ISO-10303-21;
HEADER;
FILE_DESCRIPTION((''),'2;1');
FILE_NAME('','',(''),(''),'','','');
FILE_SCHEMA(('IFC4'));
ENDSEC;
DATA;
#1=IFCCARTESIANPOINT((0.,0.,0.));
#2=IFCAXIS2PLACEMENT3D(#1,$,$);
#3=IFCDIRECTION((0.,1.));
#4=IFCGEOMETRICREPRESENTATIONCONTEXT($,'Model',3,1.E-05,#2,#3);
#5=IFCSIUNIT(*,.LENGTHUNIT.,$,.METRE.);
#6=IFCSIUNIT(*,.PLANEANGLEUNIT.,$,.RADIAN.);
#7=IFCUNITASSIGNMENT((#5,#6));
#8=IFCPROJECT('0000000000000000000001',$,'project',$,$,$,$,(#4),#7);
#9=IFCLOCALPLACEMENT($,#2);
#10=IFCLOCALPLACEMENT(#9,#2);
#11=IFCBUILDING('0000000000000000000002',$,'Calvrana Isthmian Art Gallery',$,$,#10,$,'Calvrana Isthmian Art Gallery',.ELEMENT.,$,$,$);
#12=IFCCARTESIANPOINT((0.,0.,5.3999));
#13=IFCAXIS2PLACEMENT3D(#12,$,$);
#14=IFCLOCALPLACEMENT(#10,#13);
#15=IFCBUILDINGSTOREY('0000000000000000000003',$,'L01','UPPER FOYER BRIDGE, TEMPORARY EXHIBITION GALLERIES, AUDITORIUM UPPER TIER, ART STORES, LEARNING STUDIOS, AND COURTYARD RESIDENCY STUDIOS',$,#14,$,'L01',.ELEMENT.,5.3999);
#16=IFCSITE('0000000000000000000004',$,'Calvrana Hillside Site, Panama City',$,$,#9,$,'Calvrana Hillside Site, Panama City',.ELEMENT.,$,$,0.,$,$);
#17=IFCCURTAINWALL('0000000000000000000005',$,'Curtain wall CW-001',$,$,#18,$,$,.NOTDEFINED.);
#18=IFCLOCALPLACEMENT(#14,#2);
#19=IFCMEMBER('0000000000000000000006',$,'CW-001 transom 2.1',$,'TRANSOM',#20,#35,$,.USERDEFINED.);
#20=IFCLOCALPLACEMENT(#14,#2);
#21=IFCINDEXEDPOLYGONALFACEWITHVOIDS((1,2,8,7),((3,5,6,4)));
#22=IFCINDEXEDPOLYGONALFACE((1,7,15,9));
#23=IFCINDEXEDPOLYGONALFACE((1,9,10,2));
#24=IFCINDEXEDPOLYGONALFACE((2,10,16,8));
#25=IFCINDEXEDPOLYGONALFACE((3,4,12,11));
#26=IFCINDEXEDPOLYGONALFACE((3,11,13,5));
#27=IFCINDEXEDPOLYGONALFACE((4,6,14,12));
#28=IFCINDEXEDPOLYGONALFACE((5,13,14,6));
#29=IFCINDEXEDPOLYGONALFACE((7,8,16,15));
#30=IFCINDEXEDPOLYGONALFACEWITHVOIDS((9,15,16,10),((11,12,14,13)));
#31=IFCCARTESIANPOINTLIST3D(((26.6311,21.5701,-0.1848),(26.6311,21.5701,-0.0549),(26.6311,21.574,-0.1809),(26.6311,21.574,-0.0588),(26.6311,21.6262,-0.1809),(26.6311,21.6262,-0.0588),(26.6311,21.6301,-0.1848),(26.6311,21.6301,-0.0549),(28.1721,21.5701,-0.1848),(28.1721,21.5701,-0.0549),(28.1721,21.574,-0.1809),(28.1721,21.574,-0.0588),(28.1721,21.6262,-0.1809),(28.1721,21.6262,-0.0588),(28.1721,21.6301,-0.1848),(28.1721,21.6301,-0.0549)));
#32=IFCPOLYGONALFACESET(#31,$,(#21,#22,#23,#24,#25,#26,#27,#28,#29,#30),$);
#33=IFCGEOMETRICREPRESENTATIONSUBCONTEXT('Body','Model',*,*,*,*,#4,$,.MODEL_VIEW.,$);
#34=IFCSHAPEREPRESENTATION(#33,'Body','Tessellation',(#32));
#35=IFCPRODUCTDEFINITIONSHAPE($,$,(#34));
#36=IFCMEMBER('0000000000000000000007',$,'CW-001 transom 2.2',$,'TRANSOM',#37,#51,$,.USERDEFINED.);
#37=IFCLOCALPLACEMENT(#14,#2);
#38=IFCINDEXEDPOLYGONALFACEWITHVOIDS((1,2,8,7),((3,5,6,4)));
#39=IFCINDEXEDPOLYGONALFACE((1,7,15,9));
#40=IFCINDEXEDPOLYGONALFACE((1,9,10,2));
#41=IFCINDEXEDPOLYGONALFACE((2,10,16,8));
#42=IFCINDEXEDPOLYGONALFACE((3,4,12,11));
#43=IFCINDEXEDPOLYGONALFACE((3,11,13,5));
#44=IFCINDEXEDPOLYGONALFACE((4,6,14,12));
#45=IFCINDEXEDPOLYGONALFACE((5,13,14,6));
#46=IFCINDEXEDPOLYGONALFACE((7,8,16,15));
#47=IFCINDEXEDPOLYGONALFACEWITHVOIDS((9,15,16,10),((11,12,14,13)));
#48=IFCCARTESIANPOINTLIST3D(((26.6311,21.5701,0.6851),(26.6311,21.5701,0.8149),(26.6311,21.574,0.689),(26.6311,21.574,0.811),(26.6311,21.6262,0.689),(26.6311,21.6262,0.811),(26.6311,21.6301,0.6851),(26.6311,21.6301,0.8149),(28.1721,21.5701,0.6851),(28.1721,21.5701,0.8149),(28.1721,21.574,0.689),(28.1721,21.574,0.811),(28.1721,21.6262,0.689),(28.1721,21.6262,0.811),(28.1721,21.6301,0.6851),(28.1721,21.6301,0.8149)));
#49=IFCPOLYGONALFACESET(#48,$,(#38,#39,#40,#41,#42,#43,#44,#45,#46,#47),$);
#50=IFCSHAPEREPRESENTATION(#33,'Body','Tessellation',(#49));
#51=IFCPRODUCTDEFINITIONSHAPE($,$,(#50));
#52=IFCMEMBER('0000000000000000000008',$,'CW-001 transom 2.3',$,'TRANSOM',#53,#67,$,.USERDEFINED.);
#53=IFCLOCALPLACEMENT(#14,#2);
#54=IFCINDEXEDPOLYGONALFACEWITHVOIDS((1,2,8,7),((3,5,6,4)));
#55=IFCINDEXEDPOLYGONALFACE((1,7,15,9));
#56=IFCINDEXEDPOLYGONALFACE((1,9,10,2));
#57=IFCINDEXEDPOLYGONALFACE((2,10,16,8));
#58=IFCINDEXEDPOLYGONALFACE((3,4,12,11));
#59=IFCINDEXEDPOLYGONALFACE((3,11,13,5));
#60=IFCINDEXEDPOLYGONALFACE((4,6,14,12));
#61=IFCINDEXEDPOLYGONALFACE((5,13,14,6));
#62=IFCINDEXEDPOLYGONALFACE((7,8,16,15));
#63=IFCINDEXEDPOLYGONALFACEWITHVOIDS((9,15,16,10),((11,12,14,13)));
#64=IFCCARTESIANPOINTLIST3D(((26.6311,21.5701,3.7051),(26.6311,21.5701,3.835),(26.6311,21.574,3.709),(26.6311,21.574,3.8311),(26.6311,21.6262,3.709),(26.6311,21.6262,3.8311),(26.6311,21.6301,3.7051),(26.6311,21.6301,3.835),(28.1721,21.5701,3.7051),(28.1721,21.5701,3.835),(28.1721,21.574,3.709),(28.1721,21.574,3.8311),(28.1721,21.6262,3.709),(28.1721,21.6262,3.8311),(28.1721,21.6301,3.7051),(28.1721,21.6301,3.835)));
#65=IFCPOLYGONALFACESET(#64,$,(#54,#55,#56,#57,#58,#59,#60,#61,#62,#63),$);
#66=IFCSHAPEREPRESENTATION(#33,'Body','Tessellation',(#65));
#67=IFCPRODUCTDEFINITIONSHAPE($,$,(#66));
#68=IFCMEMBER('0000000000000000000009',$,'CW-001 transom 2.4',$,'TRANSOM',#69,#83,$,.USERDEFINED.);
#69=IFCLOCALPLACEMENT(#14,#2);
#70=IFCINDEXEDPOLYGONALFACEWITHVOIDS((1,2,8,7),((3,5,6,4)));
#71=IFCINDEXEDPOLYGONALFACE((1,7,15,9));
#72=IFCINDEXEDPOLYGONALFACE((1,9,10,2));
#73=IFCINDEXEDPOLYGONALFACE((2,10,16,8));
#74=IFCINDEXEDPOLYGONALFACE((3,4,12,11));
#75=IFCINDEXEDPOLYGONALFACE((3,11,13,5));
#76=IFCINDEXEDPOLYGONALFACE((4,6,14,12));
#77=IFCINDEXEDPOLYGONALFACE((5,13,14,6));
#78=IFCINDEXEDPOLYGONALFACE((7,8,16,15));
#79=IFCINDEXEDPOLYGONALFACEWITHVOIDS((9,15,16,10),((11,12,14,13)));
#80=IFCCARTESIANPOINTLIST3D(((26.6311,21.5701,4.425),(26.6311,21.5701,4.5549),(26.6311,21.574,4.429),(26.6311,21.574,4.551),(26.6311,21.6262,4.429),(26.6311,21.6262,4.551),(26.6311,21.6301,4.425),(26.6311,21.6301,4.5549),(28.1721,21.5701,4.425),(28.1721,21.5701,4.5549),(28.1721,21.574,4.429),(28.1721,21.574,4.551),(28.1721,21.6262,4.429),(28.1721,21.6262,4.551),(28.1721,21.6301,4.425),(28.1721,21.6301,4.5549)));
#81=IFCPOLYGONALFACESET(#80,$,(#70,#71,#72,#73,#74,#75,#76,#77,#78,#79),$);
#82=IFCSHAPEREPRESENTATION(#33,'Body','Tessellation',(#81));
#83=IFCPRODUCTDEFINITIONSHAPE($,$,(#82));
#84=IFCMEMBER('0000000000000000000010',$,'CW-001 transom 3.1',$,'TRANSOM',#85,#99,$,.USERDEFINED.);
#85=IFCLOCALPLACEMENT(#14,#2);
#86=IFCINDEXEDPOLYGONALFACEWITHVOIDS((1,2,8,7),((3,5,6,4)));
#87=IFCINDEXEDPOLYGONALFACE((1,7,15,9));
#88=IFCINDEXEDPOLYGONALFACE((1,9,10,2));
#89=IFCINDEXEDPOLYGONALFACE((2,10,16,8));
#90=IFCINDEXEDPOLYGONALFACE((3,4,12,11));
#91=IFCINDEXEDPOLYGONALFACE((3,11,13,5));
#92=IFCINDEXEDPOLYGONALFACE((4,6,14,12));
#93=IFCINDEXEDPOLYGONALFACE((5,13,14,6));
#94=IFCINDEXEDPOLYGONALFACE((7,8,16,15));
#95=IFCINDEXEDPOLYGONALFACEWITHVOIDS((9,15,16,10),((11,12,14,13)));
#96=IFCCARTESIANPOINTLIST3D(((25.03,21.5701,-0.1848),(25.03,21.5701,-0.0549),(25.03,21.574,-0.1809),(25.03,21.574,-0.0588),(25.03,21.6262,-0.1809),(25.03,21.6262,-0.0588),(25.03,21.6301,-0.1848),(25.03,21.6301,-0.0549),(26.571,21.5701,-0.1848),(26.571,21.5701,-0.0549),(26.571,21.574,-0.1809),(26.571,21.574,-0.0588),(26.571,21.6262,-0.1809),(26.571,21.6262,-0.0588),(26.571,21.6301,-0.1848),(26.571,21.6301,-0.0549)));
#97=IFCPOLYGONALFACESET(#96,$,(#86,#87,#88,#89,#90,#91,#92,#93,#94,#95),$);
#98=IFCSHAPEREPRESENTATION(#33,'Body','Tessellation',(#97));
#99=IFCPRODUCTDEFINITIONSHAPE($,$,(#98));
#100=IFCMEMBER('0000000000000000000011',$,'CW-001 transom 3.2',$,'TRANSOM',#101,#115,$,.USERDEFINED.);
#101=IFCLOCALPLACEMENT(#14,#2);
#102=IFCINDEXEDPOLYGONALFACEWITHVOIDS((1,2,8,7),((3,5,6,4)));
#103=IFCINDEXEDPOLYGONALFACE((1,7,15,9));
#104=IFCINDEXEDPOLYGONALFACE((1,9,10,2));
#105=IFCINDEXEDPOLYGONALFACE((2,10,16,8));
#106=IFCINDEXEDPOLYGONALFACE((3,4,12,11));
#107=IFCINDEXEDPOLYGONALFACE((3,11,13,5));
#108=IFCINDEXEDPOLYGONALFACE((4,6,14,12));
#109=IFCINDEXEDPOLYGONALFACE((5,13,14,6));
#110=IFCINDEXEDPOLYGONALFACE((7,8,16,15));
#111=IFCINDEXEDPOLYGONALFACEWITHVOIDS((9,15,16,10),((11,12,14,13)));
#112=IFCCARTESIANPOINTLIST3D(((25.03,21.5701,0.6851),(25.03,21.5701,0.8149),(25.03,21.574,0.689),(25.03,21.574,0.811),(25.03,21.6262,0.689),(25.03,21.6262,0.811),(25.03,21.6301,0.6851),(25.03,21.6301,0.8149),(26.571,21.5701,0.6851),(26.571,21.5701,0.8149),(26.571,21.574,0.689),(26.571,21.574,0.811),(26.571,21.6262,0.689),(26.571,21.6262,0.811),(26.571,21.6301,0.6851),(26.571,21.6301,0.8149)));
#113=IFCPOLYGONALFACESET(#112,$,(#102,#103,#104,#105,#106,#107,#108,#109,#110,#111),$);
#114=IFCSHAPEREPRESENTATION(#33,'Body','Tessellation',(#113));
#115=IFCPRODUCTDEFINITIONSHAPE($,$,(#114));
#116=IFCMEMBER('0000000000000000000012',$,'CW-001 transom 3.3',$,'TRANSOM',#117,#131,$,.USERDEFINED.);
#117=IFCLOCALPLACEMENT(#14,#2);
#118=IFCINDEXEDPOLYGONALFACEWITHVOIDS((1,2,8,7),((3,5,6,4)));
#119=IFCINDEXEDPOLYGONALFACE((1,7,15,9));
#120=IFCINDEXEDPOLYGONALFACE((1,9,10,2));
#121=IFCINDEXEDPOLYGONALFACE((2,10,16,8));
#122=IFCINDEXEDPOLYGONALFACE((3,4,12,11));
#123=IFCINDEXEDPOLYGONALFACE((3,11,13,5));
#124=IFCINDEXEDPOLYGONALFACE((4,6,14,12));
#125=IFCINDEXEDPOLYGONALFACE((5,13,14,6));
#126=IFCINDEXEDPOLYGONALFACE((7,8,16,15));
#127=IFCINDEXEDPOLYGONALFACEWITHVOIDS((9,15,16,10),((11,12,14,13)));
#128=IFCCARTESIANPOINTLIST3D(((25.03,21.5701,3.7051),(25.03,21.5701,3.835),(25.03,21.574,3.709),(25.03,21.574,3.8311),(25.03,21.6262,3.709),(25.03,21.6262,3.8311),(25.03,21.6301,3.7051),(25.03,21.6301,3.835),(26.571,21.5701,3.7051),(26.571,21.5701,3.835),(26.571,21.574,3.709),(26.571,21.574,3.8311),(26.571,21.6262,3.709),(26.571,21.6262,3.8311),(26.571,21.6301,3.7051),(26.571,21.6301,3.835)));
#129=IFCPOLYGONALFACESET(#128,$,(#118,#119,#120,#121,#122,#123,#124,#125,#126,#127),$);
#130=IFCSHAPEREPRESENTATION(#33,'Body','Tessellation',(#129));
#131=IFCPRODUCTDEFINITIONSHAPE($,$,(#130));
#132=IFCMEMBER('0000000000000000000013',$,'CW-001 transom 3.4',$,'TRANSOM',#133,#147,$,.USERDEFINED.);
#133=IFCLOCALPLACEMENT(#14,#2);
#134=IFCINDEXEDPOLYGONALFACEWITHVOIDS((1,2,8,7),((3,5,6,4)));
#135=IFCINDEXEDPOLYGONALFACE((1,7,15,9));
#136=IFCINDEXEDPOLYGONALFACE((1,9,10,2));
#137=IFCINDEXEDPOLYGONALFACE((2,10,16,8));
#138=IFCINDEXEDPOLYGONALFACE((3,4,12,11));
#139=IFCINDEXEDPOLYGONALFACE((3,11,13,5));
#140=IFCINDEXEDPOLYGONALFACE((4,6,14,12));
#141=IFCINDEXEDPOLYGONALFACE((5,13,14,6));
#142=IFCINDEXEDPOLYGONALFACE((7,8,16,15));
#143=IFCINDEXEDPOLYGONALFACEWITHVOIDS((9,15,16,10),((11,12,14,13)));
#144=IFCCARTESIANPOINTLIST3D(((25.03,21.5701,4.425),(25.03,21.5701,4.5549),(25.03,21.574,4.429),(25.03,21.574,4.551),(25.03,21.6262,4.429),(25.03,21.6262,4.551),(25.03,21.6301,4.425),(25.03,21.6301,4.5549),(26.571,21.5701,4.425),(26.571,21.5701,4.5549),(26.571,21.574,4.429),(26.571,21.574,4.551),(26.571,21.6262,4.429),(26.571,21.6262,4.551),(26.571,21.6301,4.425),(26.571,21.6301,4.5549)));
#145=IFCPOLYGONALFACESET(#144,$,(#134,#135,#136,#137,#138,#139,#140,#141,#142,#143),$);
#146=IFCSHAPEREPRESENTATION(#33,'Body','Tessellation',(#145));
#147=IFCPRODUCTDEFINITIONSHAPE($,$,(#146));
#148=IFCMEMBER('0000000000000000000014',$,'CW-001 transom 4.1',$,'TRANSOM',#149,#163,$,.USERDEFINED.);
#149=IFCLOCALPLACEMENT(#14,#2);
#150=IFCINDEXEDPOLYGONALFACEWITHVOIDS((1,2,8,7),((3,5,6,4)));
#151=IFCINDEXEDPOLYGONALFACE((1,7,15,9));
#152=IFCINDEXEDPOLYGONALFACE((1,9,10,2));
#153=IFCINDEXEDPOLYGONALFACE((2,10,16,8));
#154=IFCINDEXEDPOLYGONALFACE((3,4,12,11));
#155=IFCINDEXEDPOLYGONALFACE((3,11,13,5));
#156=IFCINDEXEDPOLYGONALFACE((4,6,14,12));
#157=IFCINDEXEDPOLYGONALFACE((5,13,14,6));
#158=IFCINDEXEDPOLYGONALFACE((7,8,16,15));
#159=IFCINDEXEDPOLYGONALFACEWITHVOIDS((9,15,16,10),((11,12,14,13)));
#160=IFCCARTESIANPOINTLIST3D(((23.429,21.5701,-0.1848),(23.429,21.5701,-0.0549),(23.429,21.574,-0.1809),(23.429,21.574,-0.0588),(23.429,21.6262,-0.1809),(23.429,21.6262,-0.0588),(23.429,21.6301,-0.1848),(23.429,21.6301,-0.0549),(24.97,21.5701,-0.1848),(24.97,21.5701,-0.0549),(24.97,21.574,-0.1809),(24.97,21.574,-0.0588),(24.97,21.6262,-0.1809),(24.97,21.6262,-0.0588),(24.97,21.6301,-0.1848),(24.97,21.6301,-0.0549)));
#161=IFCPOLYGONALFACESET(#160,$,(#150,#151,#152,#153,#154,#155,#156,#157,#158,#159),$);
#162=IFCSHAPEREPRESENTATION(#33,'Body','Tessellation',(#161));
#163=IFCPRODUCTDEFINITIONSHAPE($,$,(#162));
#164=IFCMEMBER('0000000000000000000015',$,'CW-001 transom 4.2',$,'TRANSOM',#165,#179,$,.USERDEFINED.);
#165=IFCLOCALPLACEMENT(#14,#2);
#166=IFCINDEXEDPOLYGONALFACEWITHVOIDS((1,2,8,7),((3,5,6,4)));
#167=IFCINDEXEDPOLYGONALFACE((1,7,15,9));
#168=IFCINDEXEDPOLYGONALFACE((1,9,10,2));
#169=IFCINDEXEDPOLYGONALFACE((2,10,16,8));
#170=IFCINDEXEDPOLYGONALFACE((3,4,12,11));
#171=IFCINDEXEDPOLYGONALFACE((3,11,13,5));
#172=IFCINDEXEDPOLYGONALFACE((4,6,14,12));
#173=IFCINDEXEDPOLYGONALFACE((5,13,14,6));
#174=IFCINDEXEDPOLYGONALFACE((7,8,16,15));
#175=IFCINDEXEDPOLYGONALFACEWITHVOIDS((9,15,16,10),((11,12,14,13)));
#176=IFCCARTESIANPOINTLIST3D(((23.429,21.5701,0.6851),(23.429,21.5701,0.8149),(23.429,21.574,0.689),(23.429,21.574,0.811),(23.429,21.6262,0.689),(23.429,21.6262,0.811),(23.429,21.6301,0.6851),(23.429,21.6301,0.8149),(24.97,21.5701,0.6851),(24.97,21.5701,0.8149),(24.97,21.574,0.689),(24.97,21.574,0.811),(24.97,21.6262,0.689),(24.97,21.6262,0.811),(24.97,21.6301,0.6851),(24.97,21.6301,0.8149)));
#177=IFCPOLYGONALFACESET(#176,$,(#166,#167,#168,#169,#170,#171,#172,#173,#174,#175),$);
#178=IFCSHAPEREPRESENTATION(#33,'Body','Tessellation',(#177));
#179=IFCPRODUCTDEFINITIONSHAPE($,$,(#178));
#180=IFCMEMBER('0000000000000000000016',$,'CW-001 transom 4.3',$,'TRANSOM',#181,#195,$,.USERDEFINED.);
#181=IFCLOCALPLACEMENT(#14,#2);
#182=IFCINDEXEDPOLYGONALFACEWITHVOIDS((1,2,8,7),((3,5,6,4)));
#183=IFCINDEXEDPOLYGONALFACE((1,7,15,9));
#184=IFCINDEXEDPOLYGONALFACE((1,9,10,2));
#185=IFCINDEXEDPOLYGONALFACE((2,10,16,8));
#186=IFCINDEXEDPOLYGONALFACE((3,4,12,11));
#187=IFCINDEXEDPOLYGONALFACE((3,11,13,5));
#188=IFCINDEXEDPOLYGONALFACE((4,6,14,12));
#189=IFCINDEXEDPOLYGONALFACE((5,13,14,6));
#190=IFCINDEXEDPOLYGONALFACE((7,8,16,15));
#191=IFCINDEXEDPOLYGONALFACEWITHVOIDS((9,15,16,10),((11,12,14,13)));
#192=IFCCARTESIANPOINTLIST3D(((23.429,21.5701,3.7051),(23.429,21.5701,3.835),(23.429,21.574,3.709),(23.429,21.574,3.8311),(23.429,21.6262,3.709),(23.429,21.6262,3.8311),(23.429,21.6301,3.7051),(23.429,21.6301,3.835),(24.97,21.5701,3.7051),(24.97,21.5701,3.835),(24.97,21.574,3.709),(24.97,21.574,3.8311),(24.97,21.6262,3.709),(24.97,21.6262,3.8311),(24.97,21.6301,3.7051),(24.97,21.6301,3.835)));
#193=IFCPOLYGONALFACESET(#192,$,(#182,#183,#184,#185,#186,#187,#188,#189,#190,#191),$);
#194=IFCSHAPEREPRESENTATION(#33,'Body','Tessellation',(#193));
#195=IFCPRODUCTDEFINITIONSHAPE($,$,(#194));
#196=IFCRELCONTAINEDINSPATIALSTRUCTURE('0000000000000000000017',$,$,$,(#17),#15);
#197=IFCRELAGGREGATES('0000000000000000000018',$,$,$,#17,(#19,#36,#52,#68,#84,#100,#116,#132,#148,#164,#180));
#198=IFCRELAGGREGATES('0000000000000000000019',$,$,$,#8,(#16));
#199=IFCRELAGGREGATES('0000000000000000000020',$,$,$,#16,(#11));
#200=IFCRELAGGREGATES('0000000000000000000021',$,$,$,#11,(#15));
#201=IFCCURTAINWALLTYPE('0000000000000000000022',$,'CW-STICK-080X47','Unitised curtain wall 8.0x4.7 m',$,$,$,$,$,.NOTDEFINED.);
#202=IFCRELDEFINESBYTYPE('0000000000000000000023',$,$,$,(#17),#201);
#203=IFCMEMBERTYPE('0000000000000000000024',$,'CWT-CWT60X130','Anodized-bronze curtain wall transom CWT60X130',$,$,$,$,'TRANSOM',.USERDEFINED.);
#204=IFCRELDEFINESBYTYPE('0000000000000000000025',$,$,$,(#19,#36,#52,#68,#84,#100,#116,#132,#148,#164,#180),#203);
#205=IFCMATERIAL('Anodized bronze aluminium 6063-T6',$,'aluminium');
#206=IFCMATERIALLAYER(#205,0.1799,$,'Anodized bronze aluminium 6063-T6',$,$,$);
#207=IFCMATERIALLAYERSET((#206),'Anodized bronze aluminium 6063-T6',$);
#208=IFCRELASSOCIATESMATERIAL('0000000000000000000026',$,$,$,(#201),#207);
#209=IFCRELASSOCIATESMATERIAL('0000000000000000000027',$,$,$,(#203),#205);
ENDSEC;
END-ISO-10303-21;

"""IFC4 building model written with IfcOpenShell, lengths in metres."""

from ifc_helpers import new_model, si_unit, direction, frame, origin, origin_2d, place, context, subcontext, project, spatial, hollow_rectangle, extrude, material, layer, layer_set, material_profile, profile_set, type_object, element, aggregate, save


model = new_model("IFC4")

# Units and contexts
model_context = context("Model", 3, precision=1e-05, world=origin(), true_north=direction((0.0, 1.0)))
body_context = subcontext(model_context, "Body", "Model", "MODEL_VIEW")
ifc_project = project(units=[si_unit("LENGTHUNIT", "METRE"), si_unit("PLANEANGLEUNIT", "RADIAN")], contexts=[model_context])

# Site, building, storey
site_placement = place(None, origin())
site = spatial("IfcSite", under=ifc_project, at=site_placement, Name="Calvrana Hillside Site, Panama City", LongName="Calvrana Hillside Site, Panama City", CompositionType="ELEMENT", RefElevation=0.0)
building_placement = place(site_placement, origin())
building = spatial("IfcBuilding", under=site, at=building_placement, Name="Calvrana Isthmian Art Gallery", LongName="Calvrana Isthmian Art Gallery", CompositionType="ELEMENT")
storey_placement = place(building_placement, frame((0.0, 0.0, 5.3999)))
storey = spatial("IfcBuildingStorey", under=building, at=storey_placement, Name="L01", Description="UPPER FOYER BRIDGE, TEMPORARY EXHIBITION GALLERIES, AUDITORIUM UPPER TIER, ART STORES, LEARNING STUDIOS, AND COURTYARD RESIDENCY STUDIOS", LongName="L01", CompositionType="ELEMENT", Elevation=5.3999)

# Curtain wall, members
ifc_material_1 = material(Name="Anodized bronze aluminium 6063-T6", Category="aluminium")
ifc_layer_1 = layer(ifc_material_1, 0.1799, Name="Anodized bronze aluminium 6063-T6")
ifc_layer_set_1 = layer_set([ifc_layer_1], Name="Anodized bronze aluminium 6063-T6")
curtain_wall_type = type_object("IfcCurtainWallType", Name="CW-STICK-080X47", Description="Unitised curtain wall 8.0x4.7 m", PredefinedType="NOTDEFINED", material=ifc_layer_set_1)
curtain_wall_placement = place(storey_placement, origin())
curtain_wall = element("IfcCurtainWall", 1, at=curtain_wall_placement, inside=storey, type_object=curtain_wall_type, Name="Curtain wall CW-001", PredefinedType="NOTDEFINED")
ifc_material_profile_1 = material_profile(ifc_material_1, hollow_rectangle(XDim=0.0601, YDim=0.1299, WallThickness=0.0039, at=origin_2d()), Name="CWT60X130")
ifc_profile_set_1 = profile_set([ifc_material_profile_1], Name="Anodized bronze aluminium 6063-T6")
member_type_1 = type_object("IfcMemberType", Name="CWT-CWT60X130", Description="Anodized-bronze curtain wall transom CWT60X130", ElementType="TRANSOM", PredefinedType="USERDEFINED", material=ifc_profile_set_1)
member_1_placement = place(storey_placement, frame((28.1721, 21.6001, -0.1199), z_axis=(-1.0, 0.0, 0.0), x_axis=(0.0, -1.0, 0.0)))
member_1 = element("IfcMember", 2, at=member_1_placement, type_object=member_type_1, Name="CW-001 transom 2.1", ObjectType="TRANSOM", PredefinedType="USERDEFINED", context=body_context, shape_type="SweptSolid", body=[
    extrude(hollow_rectangle(XDim=0.0601, YDim=0.1299, WallThickness=0.0039, at=origin_2d()), origin(), (0.0, 0.0, 1.0), 1.541),
])
member_2_placement = place(storey_placement, frame((28.1721, 21.6001, 0.75), z_axis=(-1.0, 0.0, 0.0), x_axis=(0.0, -1.0, 0.0)))
member_2 = element("IfcMember", 3, at=member_2_placement, type_object=member_type_1, Name="CW-001 transom 2.2", ObjectType="TRANSOM", PredefinedType="USERDEFINED", context=body_context, shape_type="SweptSolid", body=[
    extrude(hollow_rectangle(XDim=0.0601, YDim=0.1299, WallThickness=0.0039, at=origin_2d()), origin(), (0.0, 0.0, 1.0), 1.541),
])
member_3_placement = place(storey_placement, frame((28.1721, 21.6001, 3.77), z_axis=(-1.0, 0.0, 0.0), x_axis=(0.0, -1.0, 0.0)))
member_3 = element("IfcMember", 4, at=member_3_placement, type_object=member_type_1, Name="CW-001 transom 2.3", ObjectType="TRANSOM", PredefinedType="USERDEFINED", context=body_context, shape_type="SweptSolid", body=[
    extrude(hollow_rectangle(XDim=0.0601, YDim=0.1299, WallThickness=0.0039, at=origin_2d()), origin(), (0.0, 0.0, 1.0), 1.541),
])
member_4_placement = place(storey_placement, frame((28.1721, 21.6001, 4.49), z_axis=(-1.0, 0.0, 0.0), x_axis=(0.0, -1.0, 0.0)))
member_4 = element("IfcMember", 5, at=member_4_placement, type_object=member_type_1, Name="CW-001 transom 2.4", ObjectType="TRANSOM", PredefinedType="USERDEFINED", context=body_context, shape_type="SweptSolid", body=[
    extrude(hollow_rectangle(XDim=0.0601, YDim=0.1299, WallThickness=0.0039, at=origin_2d()), origin(), (0.0, 0.0, 1.0), 1.541),
])
member_5_placement = place(storey_placement, frame((26.571, 21.6001, -0.1199), z_axis=(-1.0, 0.0, 0.0), x_axis=(0.0, -1.0, 0.0)))
member_5 = element("IfcMember", 6, at=member_5_placement, type_object=member_type_1, Name="CW-001 transom 3.1", ObjectType="TRANSOM", PredefinedType="USERDEFINED", context=body_context, shape_type="SweptSolid", body=[
    extrude(hollow_rectangle(XDim=0.0601, YDim=0.1299, WallThickness=0.0039, at=origin_2d()), origin(), (0.0, 0.0, 1.0), 1.541),
])
member_6_placement = place(storey_placement, frame((26.571, 21.6001, 0.75), z_axis=(-1.0, 0.0, 0.0), x_axis=(0.0, -1.0, 0.0)))
member_6 = element("IfcMember", 7, at=member_6_placement, type_object=member_type_1, Name="CW-001 transom 3.2", ObjectType="TRANSOM", PredefinedType="USERDEFINED", context=body_context, shape_type="SweptSolid", body=[
    extrude(hollow_rectangle(XDim=0.0601, YDim=0.1299, WallThickness=0.0039, at=origin_2d()), origin(), (0.0, 0.0, 1.0), 1.541),
])
member_7_placement = place(storey_placement, frame((26.571, 21.6001, 3.77), z_axis=(-1.0, 0.0, 0.0), x_axis=(0.0, -1.0, 0.0)))
member_7 = element("IfcMember", 8, at=member_7_placement, type_object=member_type_1, Name="CW-001 transom 3.3", ObjectType="TRANSOM", PredefinedType="USERDEFINED", context=body_context, shape_type="SweptSolid", body=[
    extrude(hollow_rectangle(XDim=0.0601, YDim=0.1299, WallThickness=0.0039, at=origin_2d()), origin(), (0.0, 0.0, 1.0), 1.541),
])
member_8_placement = place(storey_placement, frame((26.571, 21.6001, 4.49), z_axis=(-1.0, 0.0, 0.0), x_axis=(0.0, -1.0, 0.0)))
member_8 = element("IfcMember", 9, at=member_8_placement, type_object=member_type_1, Name="CW-001 transom 3.4", ObjectType="TRANSOM", PredefinedType="USERDEFINED", context=body_context, shape_type="SweptSolid", body=[
    extrude(hollow_rectangle(XDim=0.0601, YDim=0.1299, WallThickness=0.0039, at=origin_2d()), origin(), (0.0, 0.0, 1.0), 1.541),
])
member_9_placement = place(storey_placement, frame((24.97, 21.6001, -0.1199), z_axis=(-1.0, 0.0, 0.0), x_axis=(0.0, -1.0, 0.0)))
member_9 = element("IfcMember", 10, at=member_9_placement, type_object=member_type_1, Name="CW-001 transom 4.1", ObjectType="TRANSOM", PredefinedType="USERDEFINED", context=body_context, shape_type="SweptSolid", body=[
    extrude(hollow_rectangle(XDim=0.0601, YDim=0.1299, WallThickness=0.0039, at=origin_2d()), origin(), (0.0, 0.0, 1.0), 1.541),
])
member_10_placement = place(storey_placement, frame((24.97, 21.6001, 0.75), z_axis=(-1.0, 0.0, 0.0), x_axis=(0.0, -1.0, 0.0)))
member_10 = element("IfcMember", 11, at=member_10_placement, type_object=member_type_1, Name="CW-001 transom 4.2", ObjectType="TRANSOM", PredefinedType="USERDEFINED", context=body_context, shape_type="SweptSolid", body=[
    extrude(hollow_rectangle(XDim=0.0601, YDim=0.1299, WallThickness=0.0039, at=origin_2d()), origin(), (0.0, 0.0, 1.0), 1.541),
])
member_11_placement = place(storey_placement, frame((24.97, 21.6001, 3.77), z_axis=(-1.0, 0.0, 0.0), x_axis=(0.0, -1.0, 0.0)))
member_11 = element("IfcMember", 12, at=member_11_placement, type_object=member_type_1, Name="CW-001 transom 4.3", ObjectType="TRANSOM", PredefinedType="USERDEFINED", context=body_context, shape_type="SweptSolid", body=[
    extrude(hollow_rectangle(XDim=0.0601, YDim=0.1299, WallThickness=0.0039, at=origin_2d()), origin(), (0.0, 0.0, 1.0), 1.541),
])
aggregate(curtain_wall, [member_1, member_2, member_3, member_4, member_5, member_6, member_7, member_8, member_9, member_10, member_11])

save(model, "model.ifc")
